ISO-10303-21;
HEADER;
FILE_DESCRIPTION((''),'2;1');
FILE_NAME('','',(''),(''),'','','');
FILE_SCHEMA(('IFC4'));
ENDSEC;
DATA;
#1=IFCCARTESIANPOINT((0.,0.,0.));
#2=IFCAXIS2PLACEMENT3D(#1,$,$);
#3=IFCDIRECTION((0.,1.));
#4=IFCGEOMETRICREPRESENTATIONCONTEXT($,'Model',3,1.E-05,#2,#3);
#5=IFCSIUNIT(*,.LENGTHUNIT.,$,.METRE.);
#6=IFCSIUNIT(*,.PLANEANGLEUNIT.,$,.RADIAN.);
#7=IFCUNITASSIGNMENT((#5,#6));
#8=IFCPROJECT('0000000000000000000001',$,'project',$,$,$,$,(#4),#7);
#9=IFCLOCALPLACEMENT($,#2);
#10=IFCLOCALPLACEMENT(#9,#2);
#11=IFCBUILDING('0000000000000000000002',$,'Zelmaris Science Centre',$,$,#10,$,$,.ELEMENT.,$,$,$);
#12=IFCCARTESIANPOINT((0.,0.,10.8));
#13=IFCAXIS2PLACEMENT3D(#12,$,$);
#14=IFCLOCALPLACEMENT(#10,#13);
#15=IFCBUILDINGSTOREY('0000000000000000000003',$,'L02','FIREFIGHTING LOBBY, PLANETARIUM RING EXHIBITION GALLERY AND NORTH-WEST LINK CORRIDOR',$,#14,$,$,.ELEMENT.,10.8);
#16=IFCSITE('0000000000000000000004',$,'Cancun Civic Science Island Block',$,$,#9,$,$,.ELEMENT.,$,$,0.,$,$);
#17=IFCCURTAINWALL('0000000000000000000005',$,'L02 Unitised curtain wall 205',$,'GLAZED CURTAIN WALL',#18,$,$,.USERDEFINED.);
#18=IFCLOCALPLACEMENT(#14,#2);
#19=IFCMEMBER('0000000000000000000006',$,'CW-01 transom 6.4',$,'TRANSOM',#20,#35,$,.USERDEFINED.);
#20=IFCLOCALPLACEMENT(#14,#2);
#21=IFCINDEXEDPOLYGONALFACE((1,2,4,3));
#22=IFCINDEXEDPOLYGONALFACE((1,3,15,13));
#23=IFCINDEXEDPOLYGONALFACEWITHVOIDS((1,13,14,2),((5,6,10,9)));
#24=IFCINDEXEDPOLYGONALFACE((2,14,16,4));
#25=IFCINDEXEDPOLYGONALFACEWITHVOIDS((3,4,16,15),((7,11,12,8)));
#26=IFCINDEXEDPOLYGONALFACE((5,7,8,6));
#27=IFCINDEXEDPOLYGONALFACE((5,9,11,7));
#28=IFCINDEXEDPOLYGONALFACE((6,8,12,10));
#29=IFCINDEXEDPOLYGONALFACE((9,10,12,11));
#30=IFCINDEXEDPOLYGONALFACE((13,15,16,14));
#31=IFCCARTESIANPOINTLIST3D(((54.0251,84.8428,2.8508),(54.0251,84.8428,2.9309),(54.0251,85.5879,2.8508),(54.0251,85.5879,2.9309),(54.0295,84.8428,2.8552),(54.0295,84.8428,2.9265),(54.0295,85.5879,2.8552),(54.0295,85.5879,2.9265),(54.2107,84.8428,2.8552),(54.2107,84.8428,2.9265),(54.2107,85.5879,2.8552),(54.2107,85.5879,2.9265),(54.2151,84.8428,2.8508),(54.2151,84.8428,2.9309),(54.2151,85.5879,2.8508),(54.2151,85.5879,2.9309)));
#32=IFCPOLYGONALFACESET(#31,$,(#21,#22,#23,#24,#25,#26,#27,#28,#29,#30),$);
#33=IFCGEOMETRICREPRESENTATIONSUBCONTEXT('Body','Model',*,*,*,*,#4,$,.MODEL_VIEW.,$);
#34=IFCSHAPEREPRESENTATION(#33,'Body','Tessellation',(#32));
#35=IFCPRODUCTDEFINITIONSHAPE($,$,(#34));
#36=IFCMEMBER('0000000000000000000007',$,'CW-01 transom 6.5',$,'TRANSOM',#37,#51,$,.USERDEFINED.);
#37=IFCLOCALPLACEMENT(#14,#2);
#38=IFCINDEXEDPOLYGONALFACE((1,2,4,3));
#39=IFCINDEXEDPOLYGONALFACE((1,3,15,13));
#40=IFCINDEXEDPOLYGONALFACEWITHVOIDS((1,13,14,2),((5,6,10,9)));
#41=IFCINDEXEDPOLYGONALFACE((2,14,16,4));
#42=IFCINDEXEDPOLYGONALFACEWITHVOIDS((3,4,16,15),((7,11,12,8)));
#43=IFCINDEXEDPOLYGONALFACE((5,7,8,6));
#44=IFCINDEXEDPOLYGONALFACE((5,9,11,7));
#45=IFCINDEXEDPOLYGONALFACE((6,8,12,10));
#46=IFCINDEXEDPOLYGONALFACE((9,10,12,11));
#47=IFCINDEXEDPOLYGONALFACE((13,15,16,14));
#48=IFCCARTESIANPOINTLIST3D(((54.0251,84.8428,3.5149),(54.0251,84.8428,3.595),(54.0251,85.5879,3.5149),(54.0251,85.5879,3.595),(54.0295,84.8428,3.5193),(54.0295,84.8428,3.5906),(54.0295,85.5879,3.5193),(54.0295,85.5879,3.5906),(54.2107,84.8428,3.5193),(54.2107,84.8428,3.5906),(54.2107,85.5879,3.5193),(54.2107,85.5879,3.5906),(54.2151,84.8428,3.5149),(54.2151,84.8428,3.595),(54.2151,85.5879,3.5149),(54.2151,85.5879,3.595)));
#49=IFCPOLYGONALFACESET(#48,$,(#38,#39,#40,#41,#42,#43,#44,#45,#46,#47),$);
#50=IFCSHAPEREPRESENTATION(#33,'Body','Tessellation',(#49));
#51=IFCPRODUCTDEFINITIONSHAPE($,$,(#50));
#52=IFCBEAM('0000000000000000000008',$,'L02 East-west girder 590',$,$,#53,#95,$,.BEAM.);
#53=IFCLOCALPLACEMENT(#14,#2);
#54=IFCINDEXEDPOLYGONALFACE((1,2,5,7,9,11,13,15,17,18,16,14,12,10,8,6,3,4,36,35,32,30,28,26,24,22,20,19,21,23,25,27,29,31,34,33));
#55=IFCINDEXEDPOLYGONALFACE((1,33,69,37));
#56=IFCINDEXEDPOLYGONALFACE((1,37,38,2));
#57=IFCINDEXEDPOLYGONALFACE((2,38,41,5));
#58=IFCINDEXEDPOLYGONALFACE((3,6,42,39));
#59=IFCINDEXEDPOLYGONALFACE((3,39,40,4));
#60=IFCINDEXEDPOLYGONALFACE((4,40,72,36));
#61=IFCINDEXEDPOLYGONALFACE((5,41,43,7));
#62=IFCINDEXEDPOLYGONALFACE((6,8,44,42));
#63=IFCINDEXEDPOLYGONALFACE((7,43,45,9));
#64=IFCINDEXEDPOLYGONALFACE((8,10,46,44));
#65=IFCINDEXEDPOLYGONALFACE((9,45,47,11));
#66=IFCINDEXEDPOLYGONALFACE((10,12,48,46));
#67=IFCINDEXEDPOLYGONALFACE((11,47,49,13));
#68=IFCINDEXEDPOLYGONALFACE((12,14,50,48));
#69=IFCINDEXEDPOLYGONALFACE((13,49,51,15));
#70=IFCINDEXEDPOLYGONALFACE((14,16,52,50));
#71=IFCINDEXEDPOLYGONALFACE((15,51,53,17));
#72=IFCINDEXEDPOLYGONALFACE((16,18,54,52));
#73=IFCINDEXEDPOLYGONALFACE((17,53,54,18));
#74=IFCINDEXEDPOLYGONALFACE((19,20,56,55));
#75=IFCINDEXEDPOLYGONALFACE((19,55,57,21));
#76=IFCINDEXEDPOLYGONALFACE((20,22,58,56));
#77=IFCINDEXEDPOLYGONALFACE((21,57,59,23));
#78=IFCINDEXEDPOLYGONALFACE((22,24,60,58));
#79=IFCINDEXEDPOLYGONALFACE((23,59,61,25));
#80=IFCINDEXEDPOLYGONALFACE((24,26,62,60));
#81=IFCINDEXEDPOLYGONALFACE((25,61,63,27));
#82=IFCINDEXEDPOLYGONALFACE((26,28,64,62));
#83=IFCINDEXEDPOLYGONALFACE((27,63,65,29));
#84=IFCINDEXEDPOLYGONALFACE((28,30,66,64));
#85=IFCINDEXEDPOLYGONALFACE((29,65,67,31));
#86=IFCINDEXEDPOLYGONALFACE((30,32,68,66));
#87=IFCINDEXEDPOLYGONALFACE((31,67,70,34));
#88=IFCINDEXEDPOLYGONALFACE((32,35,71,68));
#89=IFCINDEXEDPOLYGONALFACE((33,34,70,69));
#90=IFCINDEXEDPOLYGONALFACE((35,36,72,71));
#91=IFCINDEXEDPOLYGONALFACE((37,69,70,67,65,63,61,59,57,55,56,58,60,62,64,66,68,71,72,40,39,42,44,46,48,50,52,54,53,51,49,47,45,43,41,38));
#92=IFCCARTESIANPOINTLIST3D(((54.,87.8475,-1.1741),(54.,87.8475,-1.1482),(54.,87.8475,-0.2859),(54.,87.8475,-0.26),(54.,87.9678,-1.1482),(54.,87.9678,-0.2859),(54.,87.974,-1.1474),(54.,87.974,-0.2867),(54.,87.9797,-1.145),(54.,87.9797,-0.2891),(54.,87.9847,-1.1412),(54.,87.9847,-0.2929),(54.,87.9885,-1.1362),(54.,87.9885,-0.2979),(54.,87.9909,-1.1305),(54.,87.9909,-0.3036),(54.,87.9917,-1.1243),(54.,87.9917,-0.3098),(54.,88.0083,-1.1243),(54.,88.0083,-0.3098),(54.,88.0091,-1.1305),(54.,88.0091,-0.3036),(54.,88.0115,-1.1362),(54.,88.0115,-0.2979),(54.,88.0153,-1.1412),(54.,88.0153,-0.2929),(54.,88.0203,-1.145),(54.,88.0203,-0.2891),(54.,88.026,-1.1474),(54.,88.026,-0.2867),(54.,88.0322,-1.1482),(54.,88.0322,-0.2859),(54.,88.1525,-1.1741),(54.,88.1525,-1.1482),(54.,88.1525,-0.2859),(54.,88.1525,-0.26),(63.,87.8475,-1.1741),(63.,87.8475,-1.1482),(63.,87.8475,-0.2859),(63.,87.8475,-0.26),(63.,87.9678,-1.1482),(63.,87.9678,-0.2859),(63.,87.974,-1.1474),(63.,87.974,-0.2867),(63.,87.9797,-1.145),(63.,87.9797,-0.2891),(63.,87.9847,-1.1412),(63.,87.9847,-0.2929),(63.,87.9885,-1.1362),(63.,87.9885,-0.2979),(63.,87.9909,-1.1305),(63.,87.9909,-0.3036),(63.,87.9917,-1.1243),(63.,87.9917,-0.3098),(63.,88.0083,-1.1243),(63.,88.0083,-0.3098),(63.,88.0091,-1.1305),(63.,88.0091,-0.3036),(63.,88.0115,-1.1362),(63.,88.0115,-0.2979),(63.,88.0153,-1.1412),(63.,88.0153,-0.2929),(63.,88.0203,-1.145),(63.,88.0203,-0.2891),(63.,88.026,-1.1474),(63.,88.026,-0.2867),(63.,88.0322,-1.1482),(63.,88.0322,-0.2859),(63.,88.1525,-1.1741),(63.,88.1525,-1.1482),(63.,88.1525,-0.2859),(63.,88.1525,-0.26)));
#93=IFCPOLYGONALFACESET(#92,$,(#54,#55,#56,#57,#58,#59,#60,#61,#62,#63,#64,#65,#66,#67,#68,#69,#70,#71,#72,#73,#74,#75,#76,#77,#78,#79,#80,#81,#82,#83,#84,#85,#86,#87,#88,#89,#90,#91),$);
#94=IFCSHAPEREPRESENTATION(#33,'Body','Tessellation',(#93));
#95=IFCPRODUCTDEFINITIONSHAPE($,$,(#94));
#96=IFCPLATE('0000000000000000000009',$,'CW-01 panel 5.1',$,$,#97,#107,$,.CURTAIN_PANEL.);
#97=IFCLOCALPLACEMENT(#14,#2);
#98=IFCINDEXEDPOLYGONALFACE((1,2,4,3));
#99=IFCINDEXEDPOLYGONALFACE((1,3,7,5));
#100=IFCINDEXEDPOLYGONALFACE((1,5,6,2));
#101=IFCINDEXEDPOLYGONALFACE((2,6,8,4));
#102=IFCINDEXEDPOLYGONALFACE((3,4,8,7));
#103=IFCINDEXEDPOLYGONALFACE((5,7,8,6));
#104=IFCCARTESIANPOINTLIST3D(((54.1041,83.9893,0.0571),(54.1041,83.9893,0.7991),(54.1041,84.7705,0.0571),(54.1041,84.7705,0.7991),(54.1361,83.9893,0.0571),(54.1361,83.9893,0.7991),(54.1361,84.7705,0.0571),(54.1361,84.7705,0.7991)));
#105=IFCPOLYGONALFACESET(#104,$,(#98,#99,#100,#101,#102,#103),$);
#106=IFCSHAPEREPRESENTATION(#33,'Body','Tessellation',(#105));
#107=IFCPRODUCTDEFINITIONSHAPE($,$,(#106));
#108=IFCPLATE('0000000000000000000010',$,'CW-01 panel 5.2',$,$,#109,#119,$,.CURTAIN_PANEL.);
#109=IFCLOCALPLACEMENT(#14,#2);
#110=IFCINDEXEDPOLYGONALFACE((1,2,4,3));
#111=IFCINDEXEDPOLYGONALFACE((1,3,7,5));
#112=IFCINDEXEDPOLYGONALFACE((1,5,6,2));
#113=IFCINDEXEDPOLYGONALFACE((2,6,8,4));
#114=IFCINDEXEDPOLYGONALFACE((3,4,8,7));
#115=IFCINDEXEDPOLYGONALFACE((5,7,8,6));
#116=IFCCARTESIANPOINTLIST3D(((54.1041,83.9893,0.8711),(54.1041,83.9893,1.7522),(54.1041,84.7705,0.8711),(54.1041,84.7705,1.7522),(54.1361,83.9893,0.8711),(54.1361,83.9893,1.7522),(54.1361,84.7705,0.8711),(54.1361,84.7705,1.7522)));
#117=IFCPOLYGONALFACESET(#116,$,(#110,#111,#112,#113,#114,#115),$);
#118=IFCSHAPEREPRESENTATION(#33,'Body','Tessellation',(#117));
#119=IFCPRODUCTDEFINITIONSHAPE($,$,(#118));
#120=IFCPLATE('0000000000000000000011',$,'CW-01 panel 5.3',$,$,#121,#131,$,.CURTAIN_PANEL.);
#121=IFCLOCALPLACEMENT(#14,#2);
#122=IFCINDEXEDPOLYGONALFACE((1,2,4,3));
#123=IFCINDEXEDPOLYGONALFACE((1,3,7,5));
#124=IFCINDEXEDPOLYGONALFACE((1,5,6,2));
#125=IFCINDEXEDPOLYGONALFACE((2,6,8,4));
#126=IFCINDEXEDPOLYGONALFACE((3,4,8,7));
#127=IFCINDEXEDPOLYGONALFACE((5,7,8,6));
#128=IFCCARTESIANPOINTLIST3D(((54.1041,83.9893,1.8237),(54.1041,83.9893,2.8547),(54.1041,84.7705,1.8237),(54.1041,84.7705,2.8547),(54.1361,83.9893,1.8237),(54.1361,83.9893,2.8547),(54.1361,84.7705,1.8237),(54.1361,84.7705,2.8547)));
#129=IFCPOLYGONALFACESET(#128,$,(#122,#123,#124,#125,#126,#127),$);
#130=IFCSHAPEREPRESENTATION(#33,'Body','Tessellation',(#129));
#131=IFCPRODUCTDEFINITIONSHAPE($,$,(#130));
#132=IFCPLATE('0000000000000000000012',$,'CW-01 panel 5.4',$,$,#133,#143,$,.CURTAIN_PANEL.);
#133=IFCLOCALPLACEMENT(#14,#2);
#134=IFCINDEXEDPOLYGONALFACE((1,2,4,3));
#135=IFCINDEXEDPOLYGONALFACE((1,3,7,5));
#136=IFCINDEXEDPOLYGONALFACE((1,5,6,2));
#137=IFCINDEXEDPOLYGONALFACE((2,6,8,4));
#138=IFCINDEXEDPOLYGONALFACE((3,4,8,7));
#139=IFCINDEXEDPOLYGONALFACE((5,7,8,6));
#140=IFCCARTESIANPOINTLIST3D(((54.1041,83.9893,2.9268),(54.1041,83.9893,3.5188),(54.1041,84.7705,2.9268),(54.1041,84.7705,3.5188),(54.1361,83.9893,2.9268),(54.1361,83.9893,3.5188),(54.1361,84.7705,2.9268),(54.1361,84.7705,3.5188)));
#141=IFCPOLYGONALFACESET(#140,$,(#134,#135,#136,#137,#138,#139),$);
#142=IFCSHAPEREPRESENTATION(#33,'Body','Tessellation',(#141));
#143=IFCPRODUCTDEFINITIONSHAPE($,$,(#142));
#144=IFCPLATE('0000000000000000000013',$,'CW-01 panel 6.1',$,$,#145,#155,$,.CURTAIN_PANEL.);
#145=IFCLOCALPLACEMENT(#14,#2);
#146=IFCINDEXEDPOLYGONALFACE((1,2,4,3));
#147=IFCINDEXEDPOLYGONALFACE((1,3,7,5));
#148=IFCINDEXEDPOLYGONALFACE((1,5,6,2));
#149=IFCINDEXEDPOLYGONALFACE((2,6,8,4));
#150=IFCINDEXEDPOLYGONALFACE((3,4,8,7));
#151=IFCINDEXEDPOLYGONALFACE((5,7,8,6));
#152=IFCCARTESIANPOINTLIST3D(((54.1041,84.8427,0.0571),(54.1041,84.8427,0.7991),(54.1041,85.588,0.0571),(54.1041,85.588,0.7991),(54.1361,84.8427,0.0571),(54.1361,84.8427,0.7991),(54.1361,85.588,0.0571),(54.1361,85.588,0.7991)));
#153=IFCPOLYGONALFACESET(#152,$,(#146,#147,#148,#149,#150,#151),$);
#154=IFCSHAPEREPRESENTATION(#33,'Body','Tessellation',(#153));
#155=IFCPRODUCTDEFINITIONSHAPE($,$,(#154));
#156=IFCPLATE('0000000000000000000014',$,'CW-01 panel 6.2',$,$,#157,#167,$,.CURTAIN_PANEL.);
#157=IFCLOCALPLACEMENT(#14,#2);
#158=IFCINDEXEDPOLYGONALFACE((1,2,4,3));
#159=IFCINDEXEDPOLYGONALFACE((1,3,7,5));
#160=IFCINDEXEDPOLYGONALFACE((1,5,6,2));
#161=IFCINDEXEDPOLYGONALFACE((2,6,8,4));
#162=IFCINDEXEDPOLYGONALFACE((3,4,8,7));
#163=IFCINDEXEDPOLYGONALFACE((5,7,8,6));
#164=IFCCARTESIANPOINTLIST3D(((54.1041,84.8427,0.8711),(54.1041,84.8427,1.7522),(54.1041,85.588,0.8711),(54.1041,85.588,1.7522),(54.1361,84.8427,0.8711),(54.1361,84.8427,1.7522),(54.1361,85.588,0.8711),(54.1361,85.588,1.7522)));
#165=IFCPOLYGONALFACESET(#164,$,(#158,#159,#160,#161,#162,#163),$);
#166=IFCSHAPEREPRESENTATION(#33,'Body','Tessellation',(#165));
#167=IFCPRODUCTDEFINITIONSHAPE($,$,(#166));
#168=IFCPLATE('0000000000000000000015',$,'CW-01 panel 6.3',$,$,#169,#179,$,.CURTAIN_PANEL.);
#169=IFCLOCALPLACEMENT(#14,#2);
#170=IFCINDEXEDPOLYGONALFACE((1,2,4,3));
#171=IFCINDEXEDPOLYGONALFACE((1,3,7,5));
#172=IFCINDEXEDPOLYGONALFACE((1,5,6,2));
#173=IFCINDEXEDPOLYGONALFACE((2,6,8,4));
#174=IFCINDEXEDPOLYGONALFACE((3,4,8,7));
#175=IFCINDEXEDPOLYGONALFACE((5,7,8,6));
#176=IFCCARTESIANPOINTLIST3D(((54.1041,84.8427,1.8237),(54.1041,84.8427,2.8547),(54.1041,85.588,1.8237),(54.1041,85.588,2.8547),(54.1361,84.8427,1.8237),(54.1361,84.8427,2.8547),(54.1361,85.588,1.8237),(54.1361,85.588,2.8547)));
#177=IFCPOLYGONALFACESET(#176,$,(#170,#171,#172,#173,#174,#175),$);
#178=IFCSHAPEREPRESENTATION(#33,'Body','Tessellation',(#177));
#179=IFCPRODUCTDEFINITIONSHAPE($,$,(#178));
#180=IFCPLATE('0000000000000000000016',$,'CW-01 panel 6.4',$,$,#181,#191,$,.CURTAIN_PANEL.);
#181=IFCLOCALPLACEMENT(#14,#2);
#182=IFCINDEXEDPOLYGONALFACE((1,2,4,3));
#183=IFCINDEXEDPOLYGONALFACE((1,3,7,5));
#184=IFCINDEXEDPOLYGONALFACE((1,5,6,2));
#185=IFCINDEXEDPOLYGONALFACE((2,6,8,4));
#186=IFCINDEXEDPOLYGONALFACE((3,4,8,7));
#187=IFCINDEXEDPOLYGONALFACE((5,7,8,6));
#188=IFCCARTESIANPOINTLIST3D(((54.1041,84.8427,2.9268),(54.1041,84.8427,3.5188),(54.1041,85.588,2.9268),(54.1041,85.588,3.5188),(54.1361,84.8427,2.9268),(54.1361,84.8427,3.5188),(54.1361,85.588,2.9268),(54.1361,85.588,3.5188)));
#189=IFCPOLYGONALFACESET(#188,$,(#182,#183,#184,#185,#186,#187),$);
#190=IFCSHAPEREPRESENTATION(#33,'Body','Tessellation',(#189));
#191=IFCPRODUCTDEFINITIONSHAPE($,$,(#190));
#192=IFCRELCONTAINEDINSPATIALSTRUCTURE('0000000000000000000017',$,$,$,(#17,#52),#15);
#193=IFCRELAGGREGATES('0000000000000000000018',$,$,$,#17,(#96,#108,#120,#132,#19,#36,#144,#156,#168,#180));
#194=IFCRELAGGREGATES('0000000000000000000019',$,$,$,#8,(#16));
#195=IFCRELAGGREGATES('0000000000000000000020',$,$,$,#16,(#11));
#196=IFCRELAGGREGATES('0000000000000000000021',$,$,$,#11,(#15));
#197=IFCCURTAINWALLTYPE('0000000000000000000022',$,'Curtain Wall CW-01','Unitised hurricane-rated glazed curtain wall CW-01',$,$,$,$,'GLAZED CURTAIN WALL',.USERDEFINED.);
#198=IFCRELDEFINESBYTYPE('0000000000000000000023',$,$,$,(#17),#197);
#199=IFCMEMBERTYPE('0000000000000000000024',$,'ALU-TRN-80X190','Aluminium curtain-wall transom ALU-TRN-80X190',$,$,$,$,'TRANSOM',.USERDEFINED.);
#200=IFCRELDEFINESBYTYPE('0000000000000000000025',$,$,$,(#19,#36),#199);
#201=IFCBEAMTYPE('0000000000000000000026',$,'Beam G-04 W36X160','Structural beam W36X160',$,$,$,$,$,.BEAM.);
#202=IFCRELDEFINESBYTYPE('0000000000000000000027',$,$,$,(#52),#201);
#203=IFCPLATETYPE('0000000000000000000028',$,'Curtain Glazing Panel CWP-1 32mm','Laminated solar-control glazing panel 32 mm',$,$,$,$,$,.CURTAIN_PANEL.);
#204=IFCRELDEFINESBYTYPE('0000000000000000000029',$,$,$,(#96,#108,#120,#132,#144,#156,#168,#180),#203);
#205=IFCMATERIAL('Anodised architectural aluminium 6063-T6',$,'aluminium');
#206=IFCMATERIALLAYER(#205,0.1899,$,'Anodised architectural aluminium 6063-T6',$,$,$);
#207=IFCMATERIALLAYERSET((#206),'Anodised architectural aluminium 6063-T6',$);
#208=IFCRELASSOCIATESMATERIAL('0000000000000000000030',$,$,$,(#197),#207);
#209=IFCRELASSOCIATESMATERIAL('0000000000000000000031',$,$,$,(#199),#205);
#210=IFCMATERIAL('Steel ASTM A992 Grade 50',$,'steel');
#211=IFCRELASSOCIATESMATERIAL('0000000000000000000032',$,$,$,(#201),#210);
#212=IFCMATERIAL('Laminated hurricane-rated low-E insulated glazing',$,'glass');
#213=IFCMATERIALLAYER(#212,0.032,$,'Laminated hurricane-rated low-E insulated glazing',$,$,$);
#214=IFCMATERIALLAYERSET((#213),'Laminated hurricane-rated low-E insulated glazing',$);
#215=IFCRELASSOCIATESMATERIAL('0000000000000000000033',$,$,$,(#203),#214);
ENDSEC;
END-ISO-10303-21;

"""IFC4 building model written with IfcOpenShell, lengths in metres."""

from ifc_helpers import new_model, si_unit, direction, frame, origin, origin_2d, place, context, subcontext, project, spatial, rectangle, hollow_rectangle, i_section, extrude, material, layer, layer_set, material_profile, profile_set, type_object, element, aggregate, save


model = new_model("IFC4")

# Units and contexts
model_context = context("Model", 3, precision=1e-05, world=origin(), true_north=direction((0.0, 1.0)))
body_context = subcontext(model_context, "Body", "Model", "MODEL_VIEW")
ifc_project = project(units=[si_unit("LENGTHUNIT", "METRE"), si_unit("PLANEANGLEUNIT", "RADIAN")], contexts=[model_context])

# Site, building, storey
site_placement = place(None, origin())
site = spatial("IfcSite", under=ifc_project, at=site_placement, Name="Cancun Civic Science Island Block", CompositionType="ELEMENT", RefElevation=0.0)
building_placement = place(site_placement, origin())
building = spatial("IfcBuilding", under=site, at=building_placement, Name="Zelmaris Science Centre", CompositionType="ELEMENT")
storey_placement = place(building_placement, frame((0.0, 0.0, 10.8)))
storey = spatial("IfcBuildingStorey", under=building, at=storey_placement, Name="L02", Description="FIREFIGHTING LOBBY, PLANETARIUM RING EXHIBITION GALLERY AND NORTH-WEST LINK CORRIDOR", CompositionType="ELEMENT", Elevation=10.8)

# Shared definitions
ifc_material_1 = material(Name="Steel ASTM A992 Grade 50", Category="steel")

# Curtain wall, members
ifc_material_2 = material(Name="Anodised architectural aluminium 6063-T6", Category="aluminium")
ifc_layer_1 = layer(ifc_material_2, 0.1899, Name="Anodised architectural aluminium 6063-T6")
ifc_layer_set_1 = layer_set([ifc_layer_1], Name="Anodised architectural aluminium 6063-T6")
curtain_wall_type = type_object("IfcCurtainWallType", Name="Curtain Wall CW-01", Description="Unitised hurricane-rated glazed curtain wall CW-01", ElementType="GLAZED CURTAIN WALL", PredefinedType="USERDEFINED", material=ifc_layer_set_1)
curtain_wall_placement = place(storey_placement, origin())
curtain_wall = element("IfcCurtainWall", 1, at=curtain_wall_placement, inside=storey, type_object=curtain_wall_type, Name="L02 Unitised curtain wall 205", ObjectType="GLAZED CURTAIN WALL", PredefinedType="USERDEFINED")
ifc_material_profile_1 = material_profile(ifc_material_2, hollow_rectangle(XDim=0.0801, YDim=0.1899, WallThickness=0.0044, at=origin_2d()), Name="ALU-TRN-80X190")
ifc_profile_set_1 = profile_set([ifc_material_profile_1], Name="Anodised architectural aluminium 6063-T6")
member_type_1 = type_object("IfcMemberType", Name="ALU-TRN-80X190", Description="Aluminium curtain-wall transom ALU-TRN-80X190", ElementType="TRANSOM", PredefinedType="USERDEFINED", material=ifc_profile_set_1)
member_1_placement = place(storey_placement, frame((54.1201, 84.8428, 2.8909), z_axis=(0.0, 1.0, 0.0), x_axis=(0.0, 0.0, 1.0)))
member_1 = element("IfcMember", 2, at=member_1_placement, type_object=member_type_1, Name="CW-01 transom 6.4", ObjectType="TRANSOM", PredefinedType="USERDEFINED", context=body_context, shape_type="SweptSolid", body=[
    extrude(hollow_rectangle(XDim=0.0801, YDim=0.1899, WallThickness=0.0044, at=origin_2d()), origin(), (0.0, 0.0, 1.0), 0.7451),
])
member_2_placement = place(storey_placement, frame((54.1201, 84.8428, 3.5549), z_axis=(0.0, 1.0, 0.0), x_axis=(0.0, 0.0, 1.0)))
member_2 = element("IfcMember", 3, at=member_2_placement, type_object=member_type_1, Name="CW-01 transom 6.5", ObjectType="TRANSOM", PredefinedType="USERDEFINED", context=body_context, shape_type="SweptSolid", body=[
    extrude(hollow_rectangle(XDim=0.0801, YDim=0.1899, WallThickness=0.0044, at=origin_2d()), origin(), (0.0, 0.0, 1.0), 0.7451),
])

# Beam
ifc_material_profile_2 = material_profile(ifc_material_1, i_section(OverallWidth=0.3049, OverallDepth=0.9141, WebThickness=0.0166, FlangeThickness=0.0259, FilletRadius=0.0239, at=origin_2d()), Name="W36X160")
ifc_profile_set_2 = profile_set([ifc_material_profile_2], Name="Steel ASTM A992 Grade 50")
beam_type = type_object("IfcBeamType", Name="Beam G-04 W36X160", Description="Structural beam W36X160", PredefinedType="BEAM", material=ifc_profile_set_2)
beam_placement = place(storey_placement, frame((54.0, 88.0, -0.717), z_axis=(1.0, 0.0, 0.0), x_axis=(0.0, 1.0, 0.0)))
element("IfcBeam", 4, at=beam_placement, inside=storey, type_object=beam_type, Name="L02 East-west girder 590", PredefinedType="BEAM", context=body_context, shape_type="SweptSolid", body=[
    extrude(i_section(OverallWidth=0.3049, OverallDepth=0.9141, WebThickness=0.0166, FlangeThickness=0.0259, FilletRadius=0.0239, at=origin_2d()), origin(), (0.0, 0.0, 1.0), 9.0),
])

# Plates
ifc_material_3 = material(Name="Laminated hurricane-rated low-E insulated glazing", Category="glass")
ifc_layer_2 = layer(ifc_material_3, 0.032, Name="Laminated hurricane-rated low-E insulated glazing")
ifc_layer_set_2 = layer_set([ifc_layer_2], Name="Laminated hurricane-rated low-E insulated glazing")
plate_type = type_object("IfcPlateType", Name="Curtain Glazing Panel CWP-1 32mm", Description="Laminated solar-control glazing panel 32 mm", PredefinedType="CURTAIN_PANEL", material=ifc_layer_set_2)
plate_1_placement = place(storey_placement, frame((54.1201, 84.3799, 0.0571), z_axis=(0.0, 0.0, 1.0), x_axis=(0.00002, 1.0, 0.0)))
plate_1 = element("IfcPlate", 5, at=plate_1_placement, type_object=plate_type, Name="CW-01 panel 5.1", PredefinedType="CURTAIN_PANEL", context=body_context, shape_type="SweptSolid", body=[
    extrude(rectangle(XDim=0.7812, YDim=0.032, at=origin_2d()), origin(), (0.0, 0.0, 1.0), 0.7419),
])
plate_2_placement = place(storey_placement, frame((54.1201, 84.3799, 0.8711), z_axis=(0.0, 0.0, 1.0), x_axis=(0.00002, 1.0, 0.0)))
plate_2 = element("IfcPlate", 6, at=plate_2_placement, type_object=plate_type, Name="CW-01 panel 5.2", PredefinedType="CURTAIN_PANEL", context=body_context, shape_type="SweptSolid", body=[
    extrude(rectangle(XDim=0.7812, YDim=0.032, at=origin_2d()), origin(), (0.0, 0.0, 1.0), 0.8811),
])
plate_3_placement = place(storey_placement, frame((54.1201, 84.3799, 1.8237), z_axis=(0.0, 0.0, 1.0), x_axis=(0.00002, 1.0, 0.0)))
plate_3 = element("IfcPlate", 7, at=plate_3_placement, type_object=plate_type, Name="CW-01 panel 5.3", PredefinedType="CURTAIN_PANEL", context=body_context, shape_type="SweptSolid", body=[
    extrude(rectangle(XDim=0.7812, YDim=0.032, at=origin_2d()), origin(), (0.0, 0.0, 1.0), 1.031),
])
plate_4_placement = place(storey_placement, frame((54.1201, 84.3799, 2.9268), z_axis=(0.0, 0.0, 1.0), x_axis=(0.00002, 1.0, 0.0)))
plate_4 = element("IfcPlate", 8, at=plate_4_placement, type_object=plate_type, Name="CW-01 panel 5.4", PredefinedType="CURTAIN_PANEL", context=body_context, shape_type="SweptSolid", body=[
    extrude(rectangle(XDim=0.7812, YDim=0.032, at=origin_2d()), origin(), (0.0, 0.0, 1.0), 0.592),
])
plate_5_placement = place(storey_placement, frame((54.1201, 85.2153, 0.0571), z_axis=(0.0, 0.0, 1.0), x_axis=(0.00002, 1.0, 0.0)))
plate_5 = element("IfcPlate", 9, at=plate_5_placement, type_object=plate_type, Name="CW-01 panel 6.1", PredefinedType="CURTAIN_PANEL", context=body_context, shape_type="SweptSolid", body=[
    extrude(rectangle(XDim=0.7454, YDim=0.032, at=origin_2d()), origin(), (0.0, 0.0, 1.0), 0.7419),
])
plate_6_placement = place(storey_placement, frame((54.1201, 85.2153, 0.8711), z_axis=(0.0, 0.0, 1.0), x_axis=(0.00002, 1.0, 0.0)))
plate_6 = element("IfcPlate", 10, at=plate_6_placement, type_object=plate_type, Name="CW-01 panel 6.2", PredefinedType="CURTAIN_PANEL", context=body_context, shape_type="SweptSolid", body=[
    extrude(rectangle(XDim=0.7454, YDim=0.032, at=origin_2d()), origin(), (0.0, 0.0, 1.0), 0.8811),
])
plate_7_placement = place(storey_placement, frame((54.1201, 85.2153, 1.8237), z_axis=(0.0, 0.0, 1.0), x_axis=(0.00002, 1.0, 0.0)))
plate_7 = element("IfcPlate", 11, at=plate_7_placement, type_object=plate_type, Name="CW-01 panel 6.3", PredefinedType="CURTAIN_PANEL", context=body_context, shape_type="SweptSolid", body=[
    extrude(rectangle(XDim=0.7454, YDim=0.032, at=origin_2d()), origin(), (0.0, 0.0, 1.0), 1.031),
])
plate_8_placement = place(storey_placement, frame((54.1201, 85.2153, 2.9268), z_axis=(0.0, 0.0, 1.0), x_axis=(0.00002, 1.0, 0.0)))
plate_8 = element("IfcPlate", 12, at=plate_8_placement, type_object=plate_type, Name="CW-01 panel 6.4", PredefinedType="CURTAIN_PANEL", context=body_context, shape_type="SweptSolid", body=[
    extrude(rectangle(XDim=0.7454, YDim=0.032, at=origin_2d()), origin(), (0.0, 0.0, 1.0), 0.592),
])
aggregate(curtain_wall, [plate_1, plate_2, plate_3, plate_4, member_1, member_2, plate_5, plate_6, plate_7, plate_8])

save(model, "model.ifc")
